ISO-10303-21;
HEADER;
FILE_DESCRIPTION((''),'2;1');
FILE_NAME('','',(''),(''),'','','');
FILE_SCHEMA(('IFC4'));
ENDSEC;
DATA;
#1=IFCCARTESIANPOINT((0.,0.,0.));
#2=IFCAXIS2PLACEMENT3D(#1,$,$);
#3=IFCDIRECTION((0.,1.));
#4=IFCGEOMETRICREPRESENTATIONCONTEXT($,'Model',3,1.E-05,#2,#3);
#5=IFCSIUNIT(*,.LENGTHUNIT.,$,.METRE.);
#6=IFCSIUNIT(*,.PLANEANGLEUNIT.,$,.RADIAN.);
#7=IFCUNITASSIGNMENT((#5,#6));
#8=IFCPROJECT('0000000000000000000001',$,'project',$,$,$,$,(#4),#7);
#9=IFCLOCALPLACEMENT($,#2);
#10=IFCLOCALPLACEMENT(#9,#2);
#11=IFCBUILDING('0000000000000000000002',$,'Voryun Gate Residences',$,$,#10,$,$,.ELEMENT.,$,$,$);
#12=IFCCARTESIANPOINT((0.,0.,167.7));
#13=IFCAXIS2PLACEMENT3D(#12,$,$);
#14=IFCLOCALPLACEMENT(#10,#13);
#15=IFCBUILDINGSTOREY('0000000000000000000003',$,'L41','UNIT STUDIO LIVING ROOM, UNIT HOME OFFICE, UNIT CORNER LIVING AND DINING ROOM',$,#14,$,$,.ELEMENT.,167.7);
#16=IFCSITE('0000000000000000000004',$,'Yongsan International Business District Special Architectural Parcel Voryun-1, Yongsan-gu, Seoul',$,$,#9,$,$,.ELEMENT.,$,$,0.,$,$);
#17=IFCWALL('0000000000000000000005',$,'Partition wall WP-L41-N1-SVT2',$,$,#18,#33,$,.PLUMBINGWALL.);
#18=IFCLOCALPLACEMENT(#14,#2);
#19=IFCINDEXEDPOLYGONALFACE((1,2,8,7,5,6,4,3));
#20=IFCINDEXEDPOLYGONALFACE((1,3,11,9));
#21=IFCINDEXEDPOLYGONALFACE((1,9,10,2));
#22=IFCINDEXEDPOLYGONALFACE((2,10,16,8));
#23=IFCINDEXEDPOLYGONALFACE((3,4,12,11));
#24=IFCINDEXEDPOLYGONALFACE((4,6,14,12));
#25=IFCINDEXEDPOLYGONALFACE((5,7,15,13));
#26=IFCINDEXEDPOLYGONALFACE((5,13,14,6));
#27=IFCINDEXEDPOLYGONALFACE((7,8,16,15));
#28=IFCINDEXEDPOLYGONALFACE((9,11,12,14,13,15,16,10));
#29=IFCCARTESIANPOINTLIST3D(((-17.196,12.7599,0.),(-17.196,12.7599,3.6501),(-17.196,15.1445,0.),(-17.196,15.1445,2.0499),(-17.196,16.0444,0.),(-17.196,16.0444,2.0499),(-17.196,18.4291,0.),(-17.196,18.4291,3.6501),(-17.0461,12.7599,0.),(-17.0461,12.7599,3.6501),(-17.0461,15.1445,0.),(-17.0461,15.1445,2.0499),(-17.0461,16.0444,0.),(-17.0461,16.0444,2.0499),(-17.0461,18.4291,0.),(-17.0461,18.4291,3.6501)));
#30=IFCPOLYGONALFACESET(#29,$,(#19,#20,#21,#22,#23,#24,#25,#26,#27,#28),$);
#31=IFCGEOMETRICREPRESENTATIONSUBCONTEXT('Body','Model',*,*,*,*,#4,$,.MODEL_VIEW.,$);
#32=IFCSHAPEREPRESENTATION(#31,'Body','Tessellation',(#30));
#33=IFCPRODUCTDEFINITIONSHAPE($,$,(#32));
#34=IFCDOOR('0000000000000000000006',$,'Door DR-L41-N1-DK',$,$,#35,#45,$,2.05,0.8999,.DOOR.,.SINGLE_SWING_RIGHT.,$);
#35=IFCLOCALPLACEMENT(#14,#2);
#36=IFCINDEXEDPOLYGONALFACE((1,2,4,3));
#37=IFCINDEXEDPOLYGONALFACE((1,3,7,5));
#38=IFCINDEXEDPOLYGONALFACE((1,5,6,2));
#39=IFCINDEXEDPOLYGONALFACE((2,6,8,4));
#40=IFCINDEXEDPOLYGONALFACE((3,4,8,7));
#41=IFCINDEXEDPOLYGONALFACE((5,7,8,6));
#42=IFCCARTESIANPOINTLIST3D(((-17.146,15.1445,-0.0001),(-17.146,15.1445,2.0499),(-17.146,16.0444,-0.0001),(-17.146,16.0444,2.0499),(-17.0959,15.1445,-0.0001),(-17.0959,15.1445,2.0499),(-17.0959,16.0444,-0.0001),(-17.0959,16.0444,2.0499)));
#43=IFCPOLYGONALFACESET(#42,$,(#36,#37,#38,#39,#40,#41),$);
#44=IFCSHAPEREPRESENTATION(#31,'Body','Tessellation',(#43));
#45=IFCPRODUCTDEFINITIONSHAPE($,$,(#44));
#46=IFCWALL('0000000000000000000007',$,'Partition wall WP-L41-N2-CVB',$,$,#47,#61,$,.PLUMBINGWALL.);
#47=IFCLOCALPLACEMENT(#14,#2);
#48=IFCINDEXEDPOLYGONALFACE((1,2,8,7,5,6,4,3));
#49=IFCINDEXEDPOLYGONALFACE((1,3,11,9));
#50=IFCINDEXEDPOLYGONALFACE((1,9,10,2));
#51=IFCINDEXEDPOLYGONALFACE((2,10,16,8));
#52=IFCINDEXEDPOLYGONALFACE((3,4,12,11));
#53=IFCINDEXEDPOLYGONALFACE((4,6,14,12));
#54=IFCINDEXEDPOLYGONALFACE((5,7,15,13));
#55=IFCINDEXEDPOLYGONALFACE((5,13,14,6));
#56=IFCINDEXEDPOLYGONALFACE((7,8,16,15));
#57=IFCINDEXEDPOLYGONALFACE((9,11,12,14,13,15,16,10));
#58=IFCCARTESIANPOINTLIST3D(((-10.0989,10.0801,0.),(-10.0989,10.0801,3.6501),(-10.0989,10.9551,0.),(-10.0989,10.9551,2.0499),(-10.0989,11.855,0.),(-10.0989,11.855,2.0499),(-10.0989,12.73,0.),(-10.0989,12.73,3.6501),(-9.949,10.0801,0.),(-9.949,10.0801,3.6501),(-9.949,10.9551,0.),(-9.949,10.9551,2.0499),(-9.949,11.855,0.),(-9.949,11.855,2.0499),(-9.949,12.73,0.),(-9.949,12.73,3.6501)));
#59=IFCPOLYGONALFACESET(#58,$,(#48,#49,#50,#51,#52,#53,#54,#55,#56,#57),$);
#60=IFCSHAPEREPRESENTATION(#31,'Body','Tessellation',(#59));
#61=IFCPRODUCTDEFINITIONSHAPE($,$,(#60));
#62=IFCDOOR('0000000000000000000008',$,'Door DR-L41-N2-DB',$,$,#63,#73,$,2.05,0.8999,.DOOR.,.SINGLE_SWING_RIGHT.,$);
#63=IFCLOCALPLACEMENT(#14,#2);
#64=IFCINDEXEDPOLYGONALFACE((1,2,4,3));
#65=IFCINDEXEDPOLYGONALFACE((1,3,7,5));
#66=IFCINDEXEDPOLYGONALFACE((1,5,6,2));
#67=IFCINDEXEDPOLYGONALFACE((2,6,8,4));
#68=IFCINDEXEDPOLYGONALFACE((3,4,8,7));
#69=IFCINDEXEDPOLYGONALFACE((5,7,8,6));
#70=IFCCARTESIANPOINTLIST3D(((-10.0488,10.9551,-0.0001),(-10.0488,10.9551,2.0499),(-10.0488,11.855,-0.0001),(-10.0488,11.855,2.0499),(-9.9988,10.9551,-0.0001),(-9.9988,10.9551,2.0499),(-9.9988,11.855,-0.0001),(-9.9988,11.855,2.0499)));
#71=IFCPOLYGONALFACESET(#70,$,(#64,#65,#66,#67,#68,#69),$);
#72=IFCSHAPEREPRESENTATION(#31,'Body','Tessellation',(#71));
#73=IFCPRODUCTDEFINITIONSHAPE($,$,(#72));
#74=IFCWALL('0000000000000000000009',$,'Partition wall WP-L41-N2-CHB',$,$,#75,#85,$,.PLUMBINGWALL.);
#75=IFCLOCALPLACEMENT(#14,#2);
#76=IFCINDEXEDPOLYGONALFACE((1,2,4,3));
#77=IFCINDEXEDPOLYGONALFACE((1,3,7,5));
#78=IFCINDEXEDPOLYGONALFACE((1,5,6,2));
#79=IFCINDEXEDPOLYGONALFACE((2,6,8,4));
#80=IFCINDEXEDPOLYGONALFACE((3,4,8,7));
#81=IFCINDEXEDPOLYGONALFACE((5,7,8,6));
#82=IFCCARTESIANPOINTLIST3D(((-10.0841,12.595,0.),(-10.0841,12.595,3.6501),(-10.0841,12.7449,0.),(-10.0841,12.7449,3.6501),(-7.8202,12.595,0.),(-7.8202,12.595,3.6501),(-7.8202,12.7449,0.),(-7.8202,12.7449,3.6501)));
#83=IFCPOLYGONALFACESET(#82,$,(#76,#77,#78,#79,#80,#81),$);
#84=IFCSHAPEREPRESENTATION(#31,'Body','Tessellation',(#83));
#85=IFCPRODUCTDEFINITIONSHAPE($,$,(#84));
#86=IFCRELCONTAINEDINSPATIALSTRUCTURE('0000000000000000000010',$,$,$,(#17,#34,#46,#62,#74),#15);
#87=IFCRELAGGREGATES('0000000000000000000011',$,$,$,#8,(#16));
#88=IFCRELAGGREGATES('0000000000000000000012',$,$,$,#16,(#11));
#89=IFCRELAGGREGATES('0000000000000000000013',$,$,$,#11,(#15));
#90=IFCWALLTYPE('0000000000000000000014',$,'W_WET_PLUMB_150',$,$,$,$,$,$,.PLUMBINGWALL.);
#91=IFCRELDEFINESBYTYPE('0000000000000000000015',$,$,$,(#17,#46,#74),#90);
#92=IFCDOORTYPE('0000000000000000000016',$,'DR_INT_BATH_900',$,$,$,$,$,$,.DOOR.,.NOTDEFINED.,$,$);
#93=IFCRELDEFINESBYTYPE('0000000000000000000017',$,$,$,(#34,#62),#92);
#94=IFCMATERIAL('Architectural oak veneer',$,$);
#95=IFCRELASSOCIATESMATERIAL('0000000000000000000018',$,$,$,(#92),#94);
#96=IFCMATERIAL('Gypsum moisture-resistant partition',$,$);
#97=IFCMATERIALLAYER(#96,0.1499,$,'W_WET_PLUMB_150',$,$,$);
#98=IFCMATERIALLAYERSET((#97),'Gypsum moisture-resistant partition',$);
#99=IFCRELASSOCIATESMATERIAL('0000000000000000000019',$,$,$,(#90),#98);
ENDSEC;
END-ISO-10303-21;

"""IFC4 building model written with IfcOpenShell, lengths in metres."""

from ifc_helpers import new_model, si_unit, direction, frame, frame_2d, origin, place, context, subcontext, project, spatial, rectangle, extrude, material, layer, layer_set, type_object, element, fill, save


model = new_model("IFC4")

# Units and contexts
model_context = context("Model", 3, precision=1e-05, world=origin(), true_north=direction((0.0, 1.0)))
body_context = subcontext(model_context, "Body", "Model", "MODEL_VIEW")
ifc_project = project(units=[si_unit("LENGTHUNIT", "METRE"), si_unit("PLANEANGLEUNIT", "RADIAN")], contexts=[model_context])

# Site, building, storey
site_placement = place(None, origin())
site = spatial("IfcSite", under=ifc_project, at=site_placement, Name="Yongsan International Business District Special Architectural Parcel Voryun-1, Yongsan-gu, Seoul", CompositionType="ELEMENT", RefElevation=0.0)
building_placement = place(site_placement, origin())
building = spatial("IfcBuilding", under=site, at=building_placement, Name="Voryun Gate Residences", CompositionType="ELEMENT")
storey_placement = place(building_placement, frame((0.0, 0.0, 167.7)))
storey = spatial("IfcBuildingStorey", under=building, at=storey_placement, Name="L41", Description="UNIT STUDIO LIVING ROOM, UNIT HOME OFFICE, UNIT CORNER LIVING AND DINING ROOM", CompositionType="ELEMENT", Elevation=167.7)

# Shared definitions
ifc_material_1 = material(Name="Architectural oak veneer")
door_type = type_object("IfcDoorType", Name="DR_INT_BATH_900", OperationType="NOTDEFINED", PredefinedType="DOOR", material=ifc_material_1)

# Walls, openings, doors
ifc_material_2 = material(Name="Gypsum moisture-resistant partition")
ifc_layer_1 = layer(ifc_material_2, 0.1499, Name="W_WET_PLUMB_150")
ifc_layer_set_1 = layer_set([ifc_layer_1], Name="Gypsum moisture-resistant partition")
wall_type_1 = type_object("IfcWallType", Name="W_WET_PLUMB_150", PredefinedType="PLUMBINGWALL", material=ifc_layer_set_1)
wall_1_placement = place(storey_placement, frame((-17.1211, 12.76, 0.0), z_axis=(0.0, 0.0, 1.0), x_axis=(0.0, 1.0, 0.0)))
wall_1 = element("IfcWall", 1, at=wall_1_placement, inside=storey, type_object=wall_type_1, Name="Partition wall WP-L41-N1-SVT2", PredefinedType="PLUMBINGWALL", context=body_context, shape_type="SweptSolid", body=[
    extrude(rectangle(XDim=5.6692, YDim=0.1499, at=frame_2d((2.8345, 0.0))), origin(), (0.0, 0.0, 1.0), 3.6501),
])
opening_1_placement = place(wall_1_placement, frame((2.3845, 0.0, 0.0)))
opening_1 = element("IfcOpeningElement", 2, at=opening_1_placement, cuts=wall_1, PredefinedType="OPENING", context=body_context, shape_type="SweptSolid", body=[
    extrude(rectangle(XDim=0.8999, YDim=2.05, at=frame_2d((0.45, 1.0249))), frame((0.0, 0.085, 0.0), z_axis=(0.0, -1.0, 0.0), x_axis=(1.0, 0.0, 0.0)), (0.0, 0.0, 1.0), 0.1699),
])
door_1_placement = place(opening_1_placement, origin())
door_1 = element("IfcDoor", 3, at=door_1_placement, inside=storey, type_object=door_type, Name="Door DR-L41-N1-DK", OperationType="SINGLE_SWING_RIGHT", OverallHeight=2.05, OverallWidth=0.8999, PredefinedType="DOOR", context=body_context, shape_type="SweptSolid", body=[
    extrude(rectangle(XDim=0.8999, YDim=2.05, at=frame_2d((0.45, 1.0249))), frame((0.0, 0.0249, 0.0), z_axis=(0.0, -1.0, 0.0), x_axis=(1.0, 0.0, 0.0)), (0.0, 0.0, 1.0), 0.05),
])
fill(opening_1, door_1)
wall_2_placement = place(storey_placement, frame((-10.0239, 10.0801, 0.0), z_axis=(0.0, 0.0, 1.0), x_axis=(0.0, 1.0, 0.0)))
wall_2 = element("IfcWall", 4, at=wall_2_placement, inside=storey, type_object=wall_type_1, Name="Partition wall WP-L41-N2-CVB", PredefinedType="PLUMBINGWALL", context=body_context, shape_type="SweptSolid", body=[
    extrude(rectangle(XDim=2.6499, YDim=0.1499, at=frame_2d((1.325, 0.0))), origin(), (0.0, 0.0, 1.0), 3.6501),
])
opening_2_placement = place(wall_2_placement, frame((0.875, 0.0, 0.0)))
opening_2 = element("IfcOpeningElement", 5, at=opening_2_placement, cuts=wall_2, PredefinedType="OPENING", context=body_context, shape_type="SweptSolid", body=[
    extrude(rectangle(XDim=0.8999, YDim=2.05, at=frame_2d((0.45, 1.0249))), frame((0.0, 0.085, 0.0), z_axis=(0.0, -1.0, 0.0), x_axis=(1.0, 0.0, 0.0)), (0.0, 0.0, 1.0), 0.1699),
])
door_2_placement = place(opening_2_placement, origin())
door_2 = element("IfcDoor", 6, at=door_2_placement, inside=storey, type_object=door_type, Name="Door DR-L41-N2-DB", OperationType="SINGLE_SWING_RIGHT", OverallHeight=2.05, OverallWidth=0.8999, PredefinedType="DOOR", context=body_context, shape_type="SweptSolid", body=[
    extrude(rectangle(XDim=0.8999, YDim=2.05, at=frame_2d((0.45, 1.0249))), frame((0.0, 0.0249, 0.0), z_axis=(0.0, -1.0, 0.0), x_axis=(1.0, 0.0, 0.0)), (0.0, 0.0, 1.0), 0.05),
])
fill(opening_2, door_2)

# Wall
wall_3_placement = place(storey_placement, frame((-10.084, 12.6699, 0.0), z_axis=(0.0, 0.0, 1.0), x_axis=(1.0, 0.0, 0.0)))
element("IfcWall", 7, at=wall_3_placement, inside=storey, type_object=wall_type_1, Name="Partition wall WP-L41-N2-CHB", PredefinedType="PLUMBINGWALL", context=body_context, shape_type="SweptSolid", body=[
    extrude(rectangle(XDim=2.2639, YDim=0.1499, at=frame_2d((1.1318, 0.0))), origin(), (0.0, 0.0, 1.0), 3.6501),
])

save(model, "model.ifc")
